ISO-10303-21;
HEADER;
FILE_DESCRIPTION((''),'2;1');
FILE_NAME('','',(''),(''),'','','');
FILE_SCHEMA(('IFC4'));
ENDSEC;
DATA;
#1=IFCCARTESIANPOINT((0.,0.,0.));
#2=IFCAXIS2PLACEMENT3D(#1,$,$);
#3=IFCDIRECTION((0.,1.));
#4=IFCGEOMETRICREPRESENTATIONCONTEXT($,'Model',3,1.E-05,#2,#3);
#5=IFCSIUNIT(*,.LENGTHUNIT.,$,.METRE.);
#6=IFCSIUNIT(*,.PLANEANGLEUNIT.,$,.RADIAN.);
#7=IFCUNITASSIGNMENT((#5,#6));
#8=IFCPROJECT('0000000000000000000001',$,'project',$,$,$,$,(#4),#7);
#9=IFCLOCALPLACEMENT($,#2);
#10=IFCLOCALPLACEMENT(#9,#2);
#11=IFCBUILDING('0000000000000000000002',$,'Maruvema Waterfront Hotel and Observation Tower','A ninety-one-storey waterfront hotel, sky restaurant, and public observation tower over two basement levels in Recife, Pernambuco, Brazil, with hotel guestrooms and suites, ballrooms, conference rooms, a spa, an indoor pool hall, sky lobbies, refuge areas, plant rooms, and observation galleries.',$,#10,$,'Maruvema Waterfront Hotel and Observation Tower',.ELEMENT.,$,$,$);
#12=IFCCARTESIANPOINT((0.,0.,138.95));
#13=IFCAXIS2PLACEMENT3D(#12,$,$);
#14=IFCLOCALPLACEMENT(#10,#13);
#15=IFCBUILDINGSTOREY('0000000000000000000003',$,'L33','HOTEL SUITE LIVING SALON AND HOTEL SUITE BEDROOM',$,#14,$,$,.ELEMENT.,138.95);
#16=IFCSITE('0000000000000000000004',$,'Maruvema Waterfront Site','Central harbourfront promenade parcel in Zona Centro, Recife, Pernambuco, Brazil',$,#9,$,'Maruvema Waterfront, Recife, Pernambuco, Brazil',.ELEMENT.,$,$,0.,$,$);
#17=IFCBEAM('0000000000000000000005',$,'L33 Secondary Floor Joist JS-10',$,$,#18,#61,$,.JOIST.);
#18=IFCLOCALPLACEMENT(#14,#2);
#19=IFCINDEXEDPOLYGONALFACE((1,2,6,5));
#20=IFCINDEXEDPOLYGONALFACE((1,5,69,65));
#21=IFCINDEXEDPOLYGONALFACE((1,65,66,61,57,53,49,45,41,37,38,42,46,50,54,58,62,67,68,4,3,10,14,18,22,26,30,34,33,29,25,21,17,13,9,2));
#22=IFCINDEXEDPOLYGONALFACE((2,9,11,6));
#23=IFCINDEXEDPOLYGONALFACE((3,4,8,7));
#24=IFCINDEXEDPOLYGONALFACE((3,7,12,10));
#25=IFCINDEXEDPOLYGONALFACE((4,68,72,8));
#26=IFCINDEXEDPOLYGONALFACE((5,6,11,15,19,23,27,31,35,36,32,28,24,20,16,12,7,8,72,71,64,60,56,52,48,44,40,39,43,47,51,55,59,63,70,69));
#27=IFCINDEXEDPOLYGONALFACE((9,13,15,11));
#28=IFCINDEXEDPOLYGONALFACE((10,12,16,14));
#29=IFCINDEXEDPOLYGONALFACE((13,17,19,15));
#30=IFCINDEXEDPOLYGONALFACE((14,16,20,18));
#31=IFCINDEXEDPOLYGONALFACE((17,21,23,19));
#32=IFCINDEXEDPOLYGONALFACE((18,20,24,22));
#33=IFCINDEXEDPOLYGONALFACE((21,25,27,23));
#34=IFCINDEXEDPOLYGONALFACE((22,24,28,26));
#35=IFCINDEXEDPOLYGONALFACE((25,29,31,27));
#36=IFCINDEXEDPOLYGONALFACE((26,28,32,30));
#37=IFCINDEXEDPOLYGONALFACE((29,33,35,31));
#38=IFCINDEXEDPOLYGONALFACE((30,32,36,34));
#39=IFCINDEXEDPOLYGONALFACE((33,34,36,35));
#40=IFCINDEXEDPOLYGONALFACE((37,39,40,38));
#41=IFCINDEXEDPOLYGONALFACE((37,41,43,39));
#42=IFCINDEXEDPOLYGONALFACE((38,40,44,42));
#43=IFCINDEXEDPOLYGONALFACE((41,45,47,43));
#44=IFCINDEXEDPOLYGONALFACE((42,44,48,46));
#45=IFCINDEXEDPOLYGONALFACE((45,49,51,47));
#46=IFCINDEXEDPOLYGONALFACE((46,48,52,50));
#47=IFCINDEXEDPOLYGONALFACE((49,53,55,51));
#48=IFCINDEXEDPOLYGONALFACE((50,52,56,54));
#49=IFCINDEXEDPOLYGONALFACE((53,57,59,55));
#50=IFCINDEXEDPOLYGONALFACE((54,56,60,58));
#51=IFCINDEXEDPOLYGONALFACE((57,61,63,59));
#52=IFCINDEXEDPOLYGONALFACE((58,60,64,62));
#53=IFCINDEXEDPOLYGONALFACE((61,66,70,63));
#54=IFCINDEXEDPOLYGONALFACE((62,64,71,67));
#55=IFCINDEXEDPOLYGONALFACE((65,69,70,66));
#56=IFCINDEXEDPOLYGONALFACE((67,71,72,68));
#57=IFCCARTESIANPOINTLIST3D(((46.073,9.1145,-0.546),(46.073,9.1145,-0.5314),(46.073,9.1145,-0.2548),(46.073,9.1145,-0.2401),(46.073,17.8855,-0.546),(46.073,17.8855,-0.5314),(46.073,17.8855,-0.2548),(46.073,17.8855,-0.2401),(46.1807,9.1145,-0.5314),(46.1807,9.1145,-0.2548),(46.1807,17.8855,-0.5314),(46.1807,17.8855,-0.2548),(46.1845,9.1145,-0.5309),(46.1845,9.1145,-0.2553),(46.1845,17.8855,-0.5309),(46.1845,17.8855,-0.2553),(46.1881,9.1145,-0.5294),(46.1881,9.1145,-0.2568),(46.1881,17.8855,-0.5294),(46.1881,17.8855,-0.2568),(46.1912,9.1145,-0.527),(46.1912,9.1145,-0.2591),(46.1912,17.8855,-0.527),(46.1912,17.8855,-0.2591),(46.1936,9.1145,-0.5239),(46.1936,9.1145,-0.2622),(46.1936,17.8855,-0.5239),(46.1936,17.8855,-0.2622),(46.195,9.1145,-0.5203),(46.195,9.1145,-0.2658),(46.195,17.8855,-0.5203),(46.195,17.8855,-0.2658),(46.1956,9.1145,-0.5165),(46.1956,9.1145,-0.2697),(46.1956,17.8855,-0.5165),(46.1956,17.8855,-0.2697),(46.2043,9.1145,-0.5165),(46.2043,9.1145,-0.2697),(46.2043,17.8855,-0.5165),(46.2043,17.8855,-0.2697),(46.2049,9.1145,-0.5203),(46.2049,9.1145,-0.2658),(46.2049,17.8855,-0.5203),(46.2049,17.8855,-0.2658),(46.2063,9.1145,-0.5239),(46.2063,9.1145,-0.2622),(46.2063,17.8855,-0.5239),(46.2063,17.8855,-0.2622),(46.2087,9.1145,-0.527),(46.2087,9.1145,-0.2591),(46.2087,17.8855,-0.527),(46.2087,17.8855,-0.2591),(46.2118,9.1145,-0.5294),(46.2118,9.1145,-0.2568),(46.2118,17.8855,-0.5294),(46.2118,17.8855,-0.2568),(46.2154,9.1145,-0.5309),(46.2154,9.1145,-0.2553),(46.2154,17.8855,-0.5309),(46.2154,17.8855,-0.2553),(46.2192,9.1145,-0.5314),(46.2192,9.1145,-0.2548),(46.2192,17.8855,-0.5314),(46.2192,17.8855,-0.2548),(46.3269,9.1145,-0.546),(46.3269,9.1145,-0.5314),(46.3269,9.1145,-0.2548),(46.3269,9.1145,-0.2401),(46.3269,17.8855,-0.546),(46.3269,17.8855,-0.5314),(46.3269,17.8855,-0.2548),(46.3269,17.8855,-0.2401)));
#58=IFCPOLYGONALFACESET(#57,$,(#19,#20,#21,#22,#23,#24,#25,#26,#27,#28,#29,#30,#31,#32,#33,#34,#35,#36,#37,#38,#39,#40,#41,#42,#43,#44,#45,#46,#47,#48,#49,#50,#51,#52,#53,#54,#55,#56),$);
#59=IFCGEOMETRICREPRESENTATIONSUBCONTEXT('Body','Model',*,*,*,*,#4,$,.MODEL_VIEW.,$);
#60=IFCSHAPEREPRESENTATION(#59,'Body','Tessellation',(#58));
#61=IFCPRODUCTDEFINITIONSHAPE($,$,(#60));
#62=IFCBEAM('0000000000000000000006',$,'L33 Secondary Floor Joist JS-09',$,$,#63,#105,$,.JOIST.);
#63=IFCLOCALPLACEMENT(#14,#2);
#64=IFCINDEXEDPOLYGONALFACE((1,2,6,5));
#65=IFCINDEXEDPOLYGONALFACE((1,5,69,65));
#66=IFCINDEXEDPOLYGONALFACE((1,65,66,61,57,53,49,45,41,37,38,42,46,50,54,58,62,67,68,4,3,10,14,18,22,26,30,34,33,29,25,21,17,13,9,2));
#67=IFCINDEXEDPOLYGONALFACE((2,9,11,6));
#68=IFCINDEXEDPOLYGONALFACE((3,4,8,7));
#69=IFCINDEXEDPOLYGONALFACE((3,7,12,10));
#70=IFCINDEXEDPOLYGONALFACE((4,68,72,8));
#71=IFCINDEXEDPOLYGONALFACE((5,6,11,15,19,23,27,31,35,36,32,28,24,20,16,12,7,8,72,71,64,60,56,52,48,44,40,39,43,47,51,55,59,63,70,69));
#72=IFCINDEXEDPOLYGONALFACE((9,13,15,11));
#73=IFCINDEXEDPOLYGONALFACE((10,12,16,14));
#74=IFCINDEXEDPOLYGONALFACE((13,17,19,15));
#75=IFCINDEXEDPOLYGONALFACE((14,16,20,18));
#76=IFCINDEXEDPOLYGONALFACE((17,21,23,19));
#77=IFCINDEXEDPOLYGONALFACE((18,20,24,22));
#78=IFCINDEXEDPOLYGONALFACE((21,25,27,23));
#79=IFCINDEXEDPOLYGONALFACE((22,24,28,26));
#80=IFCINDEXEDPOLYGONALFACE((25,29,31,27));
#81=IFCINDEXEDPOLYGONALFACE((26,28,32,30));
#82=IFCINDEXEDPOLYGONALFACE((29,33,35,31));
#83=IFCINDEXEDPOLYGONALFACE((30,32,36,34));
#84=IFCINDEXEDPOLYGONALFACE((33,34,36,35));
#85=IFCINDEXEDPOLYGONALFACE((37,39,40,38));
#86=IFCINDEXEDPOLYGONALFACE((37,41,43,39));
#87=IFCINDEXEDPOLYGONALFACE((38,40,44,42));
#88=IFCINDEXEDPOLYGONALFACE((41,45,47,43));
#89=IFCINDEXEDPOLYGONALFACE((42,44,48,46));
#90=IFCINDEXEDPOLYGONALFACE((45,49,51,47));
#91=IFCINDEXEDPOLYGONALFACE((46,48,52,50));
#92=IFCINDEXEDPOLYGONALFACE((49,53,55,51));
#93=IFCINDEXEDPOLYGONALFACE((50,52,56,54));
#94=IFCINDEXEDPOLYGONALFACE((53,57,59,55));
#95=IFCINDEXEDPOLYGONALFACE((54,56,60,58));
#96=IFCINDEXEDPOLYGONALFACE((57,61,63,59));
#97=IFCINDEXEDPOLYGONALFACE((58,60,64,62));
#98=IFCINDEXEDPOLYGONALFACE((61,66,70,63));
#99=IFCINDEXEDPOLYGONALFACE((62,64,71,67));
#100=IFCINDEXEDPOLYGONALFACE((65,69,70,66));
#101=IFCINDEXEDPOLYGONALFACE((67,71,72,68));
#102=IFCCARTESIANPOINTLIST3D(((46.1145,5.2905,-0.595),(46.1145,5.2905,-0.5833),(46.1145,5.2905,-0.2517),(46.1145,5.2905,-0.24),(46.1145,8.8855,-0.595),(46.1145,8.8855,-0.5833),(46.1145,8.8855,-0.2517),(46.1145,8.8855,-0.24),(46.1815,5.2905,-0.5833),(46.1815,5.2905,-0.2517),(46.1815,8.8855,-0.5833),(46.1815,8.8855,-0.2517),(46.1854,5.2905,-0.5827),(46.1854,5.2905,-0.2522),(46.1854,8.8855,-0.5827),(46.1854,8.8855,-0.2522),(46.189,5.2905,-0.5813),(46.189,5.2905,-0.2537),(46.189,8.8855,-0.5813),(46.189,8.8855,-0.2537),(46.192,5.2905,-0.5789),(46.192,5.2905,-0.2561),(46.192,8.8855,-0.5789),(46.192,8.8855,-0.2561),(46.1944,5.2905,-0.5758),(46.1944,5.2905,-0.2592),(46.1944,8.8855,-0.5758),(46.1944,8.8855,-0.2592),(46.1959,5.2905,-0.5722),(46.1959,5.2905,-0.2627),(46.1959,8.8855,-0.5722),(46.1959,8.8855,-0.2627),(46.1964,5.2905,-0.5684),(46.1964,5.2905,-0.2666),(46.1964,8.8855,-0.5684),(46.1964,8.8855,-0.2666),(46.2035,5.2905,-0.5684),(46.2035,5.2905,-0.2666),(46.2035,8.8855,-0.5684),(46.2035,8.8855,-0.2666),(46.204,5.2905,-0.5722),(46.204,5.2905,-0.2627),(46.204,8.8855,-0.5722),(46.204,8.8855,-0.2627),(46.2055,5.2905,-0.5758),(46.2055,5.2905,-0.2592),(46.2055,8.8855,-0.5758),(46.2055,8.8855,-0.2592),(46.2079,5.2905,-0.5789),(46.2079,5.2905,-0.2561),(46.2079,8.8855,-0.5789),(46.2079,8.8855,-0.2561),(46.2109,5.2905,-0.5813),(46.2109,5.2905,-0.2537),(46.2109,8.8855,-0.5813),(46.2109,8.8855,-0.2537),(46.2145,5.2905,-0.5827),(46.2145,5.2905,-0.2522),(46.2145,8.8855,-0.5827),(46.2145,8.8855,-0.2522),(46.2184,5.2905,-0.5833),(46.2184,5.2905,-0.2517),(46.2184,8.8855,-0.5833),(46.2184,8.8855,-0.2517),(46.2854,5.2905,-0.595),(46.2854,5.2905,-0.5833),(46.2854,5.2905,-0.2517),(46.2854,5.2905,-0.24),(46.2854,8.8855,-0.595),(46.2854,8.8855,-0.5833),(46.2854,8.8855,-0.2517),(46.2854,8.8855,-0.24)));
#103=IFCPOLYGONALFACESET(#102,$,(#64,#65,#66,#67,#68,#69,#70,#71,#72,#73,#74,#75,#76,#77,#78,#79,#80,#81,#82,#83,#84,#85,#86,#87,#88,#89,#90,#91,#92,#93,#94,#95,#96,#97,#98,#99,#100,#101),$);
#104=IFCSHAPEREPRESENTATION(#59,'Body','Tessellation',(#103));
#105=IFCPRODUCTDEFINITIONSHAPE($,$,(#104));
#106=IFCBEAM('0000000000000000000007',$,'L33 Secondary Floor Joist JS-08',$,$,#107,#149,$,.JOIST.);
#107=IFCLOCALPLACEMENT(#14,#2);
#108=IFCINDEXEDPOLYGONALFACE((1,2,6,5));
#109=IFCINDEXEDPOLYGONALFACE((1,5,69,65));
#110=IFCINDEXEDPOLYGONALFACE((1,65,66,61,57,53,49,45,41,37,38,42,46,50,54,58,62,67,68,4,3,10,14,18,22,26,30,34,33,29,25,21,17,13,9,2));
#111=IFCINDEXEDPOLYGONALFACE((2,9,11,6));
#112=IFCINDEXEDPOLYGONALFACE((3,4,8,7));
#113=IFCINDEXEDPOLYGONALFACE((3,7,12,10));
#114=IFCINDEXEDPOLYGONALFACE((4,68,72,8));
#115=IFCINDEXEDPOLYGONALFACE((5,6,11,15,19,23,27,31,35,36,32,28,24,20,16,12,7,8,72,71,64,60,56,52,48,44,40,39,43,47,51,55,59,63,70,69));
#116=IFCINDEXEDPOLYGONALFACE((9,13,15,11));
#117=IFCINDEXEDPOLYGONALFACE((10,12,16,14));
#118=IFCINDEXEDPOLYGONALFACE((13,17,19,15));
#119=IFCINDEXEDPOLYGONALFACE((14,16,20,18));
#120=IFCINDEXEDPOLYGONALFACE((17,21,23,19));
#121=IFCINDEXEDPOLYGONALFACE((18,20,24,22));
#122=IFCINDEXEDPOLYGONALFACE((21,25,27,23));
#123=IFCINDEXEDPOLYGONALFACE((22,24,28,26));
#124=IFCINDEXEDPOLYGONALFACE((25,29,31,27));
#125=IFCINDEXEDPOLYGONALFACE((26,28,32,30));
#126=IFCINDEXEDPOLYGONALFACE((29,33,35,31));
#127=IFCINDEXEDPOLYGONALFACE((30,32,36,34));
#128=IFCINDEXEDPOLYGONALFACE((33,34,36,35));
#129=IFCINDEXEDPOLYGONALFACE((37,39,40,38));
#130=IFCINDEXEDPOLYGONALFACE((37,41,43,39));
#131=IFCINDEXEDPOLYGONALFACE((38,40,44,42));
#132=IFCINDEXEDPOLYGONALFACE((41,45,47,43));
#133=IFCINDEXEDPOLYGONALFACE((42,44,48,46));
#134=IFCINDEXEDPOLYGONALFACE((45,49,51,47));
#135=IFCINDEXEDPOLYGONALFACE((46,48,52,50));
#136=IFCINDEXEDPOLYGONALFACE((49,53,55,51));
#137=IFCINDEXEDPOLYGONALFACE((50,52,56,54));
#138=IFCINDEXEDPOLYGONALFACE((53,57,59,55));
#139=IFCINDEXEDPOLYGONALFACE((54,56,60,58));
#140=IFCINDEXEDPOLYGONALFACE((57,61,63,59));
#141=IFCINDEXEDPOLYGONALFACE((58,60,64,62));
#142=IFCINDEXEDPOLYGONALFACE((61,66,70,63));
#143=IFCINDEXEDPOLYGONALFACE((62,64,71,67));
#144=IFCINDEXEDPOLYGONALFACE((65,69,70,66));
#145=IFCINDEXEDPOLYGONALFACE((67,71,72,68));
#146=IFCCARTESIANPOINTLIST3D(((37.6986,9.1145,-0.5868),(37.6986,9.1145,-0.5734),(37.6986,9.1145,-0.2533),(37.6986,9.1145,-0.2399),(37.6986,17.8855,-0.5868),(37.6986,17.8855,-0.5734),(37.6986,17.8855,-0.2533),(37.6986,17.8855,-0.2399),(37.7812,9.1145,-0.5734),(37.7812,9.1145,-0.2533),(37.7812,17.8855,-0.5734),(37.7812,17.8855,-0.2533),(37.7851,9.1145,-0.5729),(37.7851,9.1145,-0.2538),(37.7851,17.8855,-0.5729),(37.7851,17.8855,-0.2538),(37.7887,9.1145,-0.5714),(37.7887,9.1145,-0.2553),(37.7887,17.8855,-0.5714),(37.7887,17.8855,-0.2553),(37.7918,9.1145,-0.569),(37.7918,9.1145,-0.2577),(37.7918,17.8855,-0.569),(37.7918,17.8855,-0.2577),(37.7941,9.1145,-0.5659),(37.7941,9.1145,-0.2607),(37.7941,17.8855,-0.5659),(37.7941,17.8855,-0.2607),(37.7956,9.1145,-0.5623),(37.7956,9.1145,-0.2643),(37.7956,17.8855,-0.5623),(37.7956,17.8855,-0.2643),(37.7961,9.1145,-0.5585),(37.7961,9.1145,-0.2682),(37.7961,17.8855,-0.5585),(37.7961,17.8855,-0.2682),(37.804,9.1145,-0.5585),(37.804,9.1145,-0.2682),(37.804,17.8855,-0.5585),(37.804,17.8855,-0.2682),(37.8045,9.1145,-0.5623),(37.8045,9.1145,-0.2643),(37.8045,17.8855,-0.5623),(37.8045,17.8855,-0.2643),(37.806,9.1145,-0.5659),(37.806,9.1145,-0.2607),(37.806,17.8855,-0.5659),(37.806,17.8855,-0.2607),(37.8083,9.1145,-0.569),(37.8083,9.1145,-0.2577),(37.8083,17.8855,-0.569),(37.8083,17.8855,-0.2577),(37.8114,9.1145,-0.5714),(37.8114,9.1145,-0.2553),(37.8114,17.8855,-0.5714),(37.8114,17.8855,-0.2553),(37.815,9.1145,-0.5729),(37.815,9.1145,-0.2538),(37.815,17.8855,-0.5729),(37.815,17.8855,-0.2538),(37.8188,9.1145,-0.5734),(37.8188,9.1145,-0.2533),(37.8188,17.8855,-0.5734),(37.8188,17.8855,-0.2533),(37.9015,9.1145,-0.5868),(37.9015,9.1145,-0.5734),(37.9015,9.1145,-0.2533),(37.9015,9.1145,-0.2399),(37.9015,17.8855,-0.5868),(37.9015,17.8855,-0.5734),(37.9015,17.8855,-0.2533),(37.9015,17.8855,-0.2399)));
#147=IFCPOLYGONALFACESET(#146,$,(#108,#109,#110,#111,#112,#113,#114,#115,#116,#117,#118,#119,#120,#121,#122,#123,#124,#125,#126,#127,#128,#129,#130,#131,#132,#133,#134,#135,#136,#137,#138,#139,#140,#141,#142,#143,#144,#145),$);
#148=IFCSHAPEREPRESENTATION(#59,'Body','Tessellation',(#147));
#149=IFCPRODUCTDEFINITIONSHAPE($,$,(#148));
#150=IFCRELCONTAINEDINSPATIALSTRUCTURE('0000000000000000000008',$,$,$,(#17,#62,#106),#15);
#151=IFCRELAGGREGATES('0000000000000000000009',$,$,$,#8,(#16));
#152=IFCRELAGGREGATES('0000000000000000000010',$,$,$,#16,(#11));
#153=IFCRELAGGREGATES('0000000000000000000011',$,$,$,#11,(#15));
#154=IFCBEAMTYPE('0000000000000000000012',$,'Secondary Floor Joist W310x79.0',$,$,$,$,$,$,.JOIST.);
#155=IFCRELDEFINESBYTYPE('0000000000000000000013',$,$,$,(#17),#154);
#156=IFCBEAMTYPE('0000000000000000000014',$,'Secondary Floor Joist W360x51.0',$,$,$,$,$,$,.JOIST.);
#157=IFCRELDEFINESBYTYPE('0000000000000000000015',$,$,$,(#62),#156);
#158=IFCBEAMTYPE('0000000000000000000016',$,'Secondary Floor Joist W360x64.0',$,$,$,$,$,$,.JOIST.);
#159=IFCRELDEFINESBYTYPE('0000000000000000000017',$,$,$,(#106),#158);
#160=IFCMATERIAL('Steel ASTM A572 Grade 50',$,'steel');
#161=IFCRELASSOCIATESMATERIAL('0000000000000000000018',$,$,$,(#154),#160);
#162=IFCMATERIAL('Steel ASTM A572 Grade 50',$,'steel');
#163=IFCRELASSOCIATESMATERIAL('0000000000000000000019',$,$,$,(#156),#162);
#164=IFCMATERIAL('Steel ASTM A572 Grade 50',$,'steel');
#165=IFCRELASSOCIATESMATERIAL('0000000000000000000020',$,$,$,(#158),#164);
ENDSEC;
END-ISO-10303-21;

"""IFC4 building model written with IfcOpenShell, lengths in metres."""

from ifc_helpers import new_model, si_unit, direction, frame, origin, origin_2d, place, context, subcontext, project, spatial, i_section, extrude, material, material_profile, profile_set, type_object, element, save


model = new_model("IFC4")

# Units and contexts
model_context = context("Model", 3, precision=1e-05, world=origin(), true_north=direction((0.0, 1.0)))
body_context = subcontext(model_context, "Body", "Model", "MODEL_VIEW")
ifc_project = project(units=[si_unit("LENGTHUNIT", "METRE"), si_unit("PLANEANGLEUNIT", "RADIAN")], contexts=[model_context])

# Site, building, storey
site_placement = place(None, origin())
site = spatial("IfcSite", under=ifc_project, at=site_placement, Name="Maruvema Waterfront Site", Description="Central harbourfront promenade parcel in Zona Centro, Recife, Pernambuco, Brazil", LongName="Maruvema Waterfront, Recife, Pernambuco, Brazil", CompositionType="ELEMENT", RefElevation=0.0)
building_placement = place(site_placement, origin())
building = spatial("IfcBuilding", under=site, at=building_placement, Name="Maruvema Waterfront Hotel and Observation Tower", Description="A ninety-one-storey waterfront hotel, sky restaurant, and public observation tower over two basement levels in Recife, Pernambuco, Brazil, with hotel guestrooms and suites, ballrooms, conference rooms, a spa, an indoor pool hall, sky lobbies, refuge areas, plant rooms, and observation galleries.", LongName="Maruvema Waterfront Hotel and Observation Tower", CompositionType="ELEMENT")
storey_placement = place(building_placement, frame((0.0, 0.0, 138.95)))
storey = spatial("IfcBuildingStorey", under=building, at=storey_placement, Name="L33", Description="HOTEL SUITE LIVING SALON AND HOTEL SUITE BEDROOM", CompositionType="ELEMENT", Elevation=138.95)

# Beams
ifc_material_1 = material(Name="Steel ASTM A572 Grade 50", Category="steel")
ifc_material_profile_1 = material_profile(ifc_material_1, i_section(OverallWidth=0.2539, OverallDepth=0.3059, WebThickness=0.0088, FlangeThickness=0.0146, FilletRadius=0.0149, at=origin_2d()), Name="W310x79.0")
ifc_profile_set_1 = profile_set([ifc_material_profile_1], Name="Steel ASTM A572 Grade 50")
beam_type_1 = type_object("IfcBeamType", Name="Secondary Floor Joist W310x79.0", PredefinedType="JOIST", material=ifc_profile_set_1)
beam_1_placement = place(storey_placement, frame((46.2, 9.1145, -0.3931), z_axis=(0.0, 1.0, 0.0), x_axis=(-1.0, 0.0, 0.0)))
element("IfcBeam", 1, at=beam_1_placement, inside=storey, type_object=beam_type_1, Name="L33 Secondary Floor Joist JS-10", PredefinedType="JOIST", context=body_context, shape_type="SweptSolid", body=[
    extrude(i_section(OverallWidth=0.2539, OverallDepth=0.3059, WebThickness=0.0088, FlangeThickness=0.0146, FilletRadius=0.0149, at=origin_2d()), origin(), (0.0, 0.0, 1.0), 8.771),
])
ifc_material_2 = material(Name="Steel ASTM A572 Grade 50", Category="steel")
ifc_material_profile_2 = material_profile(ifc_material_2, i_section(OverallWidth=0.1709, OverallDepth=0.355, WebThickness=0.0071, FlangeThickness=0.0117, FilletRadius=0.0149, at=origin_2d()), Name="W360x51.0")
ifc_profile_set_2 = profile_set([ifc_material_profile_2], Name="Steel ASTM A572 Grade 50")
beam_type_2 = type_object("IfcBeamType", Name="Secondary Floor Joist W360x51.0", PredefinedType="JOIST", material=ifc_profile_set_2)
beam_2_placement = place(storey_placement, frame((46.2, 5.2905, -0.4175), z_axis=(0.0, 1.0, 0.0), x_axis=(-1.0, 0.0, 0.0)))
element("IfcBeam", 2, at=beam_2_placement, inside=storey, type_object=beam_type_2, Name="L33 Secondary Floor Joist JS-09", PredefinedType="JOIST", context=body_context, shape_type="SweptSolid", body=[
    extrude(i_section(OverallWidth=0.1709, OverallDepth=0.355, WebThickness=0.0071, FlangeThickness=0.0117, FilletRadius=0.0149, at=origin_2d()), origin(), (0.0, 0.0, 1.0), 3.595),
])
ifc_material_3 = material(Name="Steel ASTM A572 Grade 50", Category="steel")
ifc_material_profile_3 = material_profile(ifc_material_3, i_section(OverallWidth=0.2029, OverallDepth=0.3469, WebThickness=0.0078, FlangeThickness=0.0134, FilletRadius=0.0149, at=origin_2d()), Name="W360x64.0")
ifc_profile_set_3 = profile_set([ifc_material_profile_3], Name="Steel ASTM A572 Grade 50")
beam_type_3 = type_object("IfcBeamType", Name="Secondary Floor Joist W360x64.0", PredefinedType="JOIST", material=ifc_profile_set_3)
beam_3_placement = place(storey_placement, frame((37.8, 9.1145, -0.4133), z_axis=(0.0, 1.0, 0.0), x_axis=(-1.0, 0.0, 0.0)))
element("IfcBeam", 3, at=beam_3_placement, inside=storey, type_object=beam_type_3, Name="L33 Secondary Floor Joist JS-08", PredefinedType="JOIST", context=body_context, shape_type="SweptSolid", body=[
    extrude(i_section(OverallWidth=0.2029, OverallDepth=0.3469, WebThickness=0.0078, FlangeThickness=0.0134, FilletRadius=0.0149, at=origin_2d()), origin(), (0.0, 0.0, 1.0), 8.771),
])

save(model, "model.ifc")
